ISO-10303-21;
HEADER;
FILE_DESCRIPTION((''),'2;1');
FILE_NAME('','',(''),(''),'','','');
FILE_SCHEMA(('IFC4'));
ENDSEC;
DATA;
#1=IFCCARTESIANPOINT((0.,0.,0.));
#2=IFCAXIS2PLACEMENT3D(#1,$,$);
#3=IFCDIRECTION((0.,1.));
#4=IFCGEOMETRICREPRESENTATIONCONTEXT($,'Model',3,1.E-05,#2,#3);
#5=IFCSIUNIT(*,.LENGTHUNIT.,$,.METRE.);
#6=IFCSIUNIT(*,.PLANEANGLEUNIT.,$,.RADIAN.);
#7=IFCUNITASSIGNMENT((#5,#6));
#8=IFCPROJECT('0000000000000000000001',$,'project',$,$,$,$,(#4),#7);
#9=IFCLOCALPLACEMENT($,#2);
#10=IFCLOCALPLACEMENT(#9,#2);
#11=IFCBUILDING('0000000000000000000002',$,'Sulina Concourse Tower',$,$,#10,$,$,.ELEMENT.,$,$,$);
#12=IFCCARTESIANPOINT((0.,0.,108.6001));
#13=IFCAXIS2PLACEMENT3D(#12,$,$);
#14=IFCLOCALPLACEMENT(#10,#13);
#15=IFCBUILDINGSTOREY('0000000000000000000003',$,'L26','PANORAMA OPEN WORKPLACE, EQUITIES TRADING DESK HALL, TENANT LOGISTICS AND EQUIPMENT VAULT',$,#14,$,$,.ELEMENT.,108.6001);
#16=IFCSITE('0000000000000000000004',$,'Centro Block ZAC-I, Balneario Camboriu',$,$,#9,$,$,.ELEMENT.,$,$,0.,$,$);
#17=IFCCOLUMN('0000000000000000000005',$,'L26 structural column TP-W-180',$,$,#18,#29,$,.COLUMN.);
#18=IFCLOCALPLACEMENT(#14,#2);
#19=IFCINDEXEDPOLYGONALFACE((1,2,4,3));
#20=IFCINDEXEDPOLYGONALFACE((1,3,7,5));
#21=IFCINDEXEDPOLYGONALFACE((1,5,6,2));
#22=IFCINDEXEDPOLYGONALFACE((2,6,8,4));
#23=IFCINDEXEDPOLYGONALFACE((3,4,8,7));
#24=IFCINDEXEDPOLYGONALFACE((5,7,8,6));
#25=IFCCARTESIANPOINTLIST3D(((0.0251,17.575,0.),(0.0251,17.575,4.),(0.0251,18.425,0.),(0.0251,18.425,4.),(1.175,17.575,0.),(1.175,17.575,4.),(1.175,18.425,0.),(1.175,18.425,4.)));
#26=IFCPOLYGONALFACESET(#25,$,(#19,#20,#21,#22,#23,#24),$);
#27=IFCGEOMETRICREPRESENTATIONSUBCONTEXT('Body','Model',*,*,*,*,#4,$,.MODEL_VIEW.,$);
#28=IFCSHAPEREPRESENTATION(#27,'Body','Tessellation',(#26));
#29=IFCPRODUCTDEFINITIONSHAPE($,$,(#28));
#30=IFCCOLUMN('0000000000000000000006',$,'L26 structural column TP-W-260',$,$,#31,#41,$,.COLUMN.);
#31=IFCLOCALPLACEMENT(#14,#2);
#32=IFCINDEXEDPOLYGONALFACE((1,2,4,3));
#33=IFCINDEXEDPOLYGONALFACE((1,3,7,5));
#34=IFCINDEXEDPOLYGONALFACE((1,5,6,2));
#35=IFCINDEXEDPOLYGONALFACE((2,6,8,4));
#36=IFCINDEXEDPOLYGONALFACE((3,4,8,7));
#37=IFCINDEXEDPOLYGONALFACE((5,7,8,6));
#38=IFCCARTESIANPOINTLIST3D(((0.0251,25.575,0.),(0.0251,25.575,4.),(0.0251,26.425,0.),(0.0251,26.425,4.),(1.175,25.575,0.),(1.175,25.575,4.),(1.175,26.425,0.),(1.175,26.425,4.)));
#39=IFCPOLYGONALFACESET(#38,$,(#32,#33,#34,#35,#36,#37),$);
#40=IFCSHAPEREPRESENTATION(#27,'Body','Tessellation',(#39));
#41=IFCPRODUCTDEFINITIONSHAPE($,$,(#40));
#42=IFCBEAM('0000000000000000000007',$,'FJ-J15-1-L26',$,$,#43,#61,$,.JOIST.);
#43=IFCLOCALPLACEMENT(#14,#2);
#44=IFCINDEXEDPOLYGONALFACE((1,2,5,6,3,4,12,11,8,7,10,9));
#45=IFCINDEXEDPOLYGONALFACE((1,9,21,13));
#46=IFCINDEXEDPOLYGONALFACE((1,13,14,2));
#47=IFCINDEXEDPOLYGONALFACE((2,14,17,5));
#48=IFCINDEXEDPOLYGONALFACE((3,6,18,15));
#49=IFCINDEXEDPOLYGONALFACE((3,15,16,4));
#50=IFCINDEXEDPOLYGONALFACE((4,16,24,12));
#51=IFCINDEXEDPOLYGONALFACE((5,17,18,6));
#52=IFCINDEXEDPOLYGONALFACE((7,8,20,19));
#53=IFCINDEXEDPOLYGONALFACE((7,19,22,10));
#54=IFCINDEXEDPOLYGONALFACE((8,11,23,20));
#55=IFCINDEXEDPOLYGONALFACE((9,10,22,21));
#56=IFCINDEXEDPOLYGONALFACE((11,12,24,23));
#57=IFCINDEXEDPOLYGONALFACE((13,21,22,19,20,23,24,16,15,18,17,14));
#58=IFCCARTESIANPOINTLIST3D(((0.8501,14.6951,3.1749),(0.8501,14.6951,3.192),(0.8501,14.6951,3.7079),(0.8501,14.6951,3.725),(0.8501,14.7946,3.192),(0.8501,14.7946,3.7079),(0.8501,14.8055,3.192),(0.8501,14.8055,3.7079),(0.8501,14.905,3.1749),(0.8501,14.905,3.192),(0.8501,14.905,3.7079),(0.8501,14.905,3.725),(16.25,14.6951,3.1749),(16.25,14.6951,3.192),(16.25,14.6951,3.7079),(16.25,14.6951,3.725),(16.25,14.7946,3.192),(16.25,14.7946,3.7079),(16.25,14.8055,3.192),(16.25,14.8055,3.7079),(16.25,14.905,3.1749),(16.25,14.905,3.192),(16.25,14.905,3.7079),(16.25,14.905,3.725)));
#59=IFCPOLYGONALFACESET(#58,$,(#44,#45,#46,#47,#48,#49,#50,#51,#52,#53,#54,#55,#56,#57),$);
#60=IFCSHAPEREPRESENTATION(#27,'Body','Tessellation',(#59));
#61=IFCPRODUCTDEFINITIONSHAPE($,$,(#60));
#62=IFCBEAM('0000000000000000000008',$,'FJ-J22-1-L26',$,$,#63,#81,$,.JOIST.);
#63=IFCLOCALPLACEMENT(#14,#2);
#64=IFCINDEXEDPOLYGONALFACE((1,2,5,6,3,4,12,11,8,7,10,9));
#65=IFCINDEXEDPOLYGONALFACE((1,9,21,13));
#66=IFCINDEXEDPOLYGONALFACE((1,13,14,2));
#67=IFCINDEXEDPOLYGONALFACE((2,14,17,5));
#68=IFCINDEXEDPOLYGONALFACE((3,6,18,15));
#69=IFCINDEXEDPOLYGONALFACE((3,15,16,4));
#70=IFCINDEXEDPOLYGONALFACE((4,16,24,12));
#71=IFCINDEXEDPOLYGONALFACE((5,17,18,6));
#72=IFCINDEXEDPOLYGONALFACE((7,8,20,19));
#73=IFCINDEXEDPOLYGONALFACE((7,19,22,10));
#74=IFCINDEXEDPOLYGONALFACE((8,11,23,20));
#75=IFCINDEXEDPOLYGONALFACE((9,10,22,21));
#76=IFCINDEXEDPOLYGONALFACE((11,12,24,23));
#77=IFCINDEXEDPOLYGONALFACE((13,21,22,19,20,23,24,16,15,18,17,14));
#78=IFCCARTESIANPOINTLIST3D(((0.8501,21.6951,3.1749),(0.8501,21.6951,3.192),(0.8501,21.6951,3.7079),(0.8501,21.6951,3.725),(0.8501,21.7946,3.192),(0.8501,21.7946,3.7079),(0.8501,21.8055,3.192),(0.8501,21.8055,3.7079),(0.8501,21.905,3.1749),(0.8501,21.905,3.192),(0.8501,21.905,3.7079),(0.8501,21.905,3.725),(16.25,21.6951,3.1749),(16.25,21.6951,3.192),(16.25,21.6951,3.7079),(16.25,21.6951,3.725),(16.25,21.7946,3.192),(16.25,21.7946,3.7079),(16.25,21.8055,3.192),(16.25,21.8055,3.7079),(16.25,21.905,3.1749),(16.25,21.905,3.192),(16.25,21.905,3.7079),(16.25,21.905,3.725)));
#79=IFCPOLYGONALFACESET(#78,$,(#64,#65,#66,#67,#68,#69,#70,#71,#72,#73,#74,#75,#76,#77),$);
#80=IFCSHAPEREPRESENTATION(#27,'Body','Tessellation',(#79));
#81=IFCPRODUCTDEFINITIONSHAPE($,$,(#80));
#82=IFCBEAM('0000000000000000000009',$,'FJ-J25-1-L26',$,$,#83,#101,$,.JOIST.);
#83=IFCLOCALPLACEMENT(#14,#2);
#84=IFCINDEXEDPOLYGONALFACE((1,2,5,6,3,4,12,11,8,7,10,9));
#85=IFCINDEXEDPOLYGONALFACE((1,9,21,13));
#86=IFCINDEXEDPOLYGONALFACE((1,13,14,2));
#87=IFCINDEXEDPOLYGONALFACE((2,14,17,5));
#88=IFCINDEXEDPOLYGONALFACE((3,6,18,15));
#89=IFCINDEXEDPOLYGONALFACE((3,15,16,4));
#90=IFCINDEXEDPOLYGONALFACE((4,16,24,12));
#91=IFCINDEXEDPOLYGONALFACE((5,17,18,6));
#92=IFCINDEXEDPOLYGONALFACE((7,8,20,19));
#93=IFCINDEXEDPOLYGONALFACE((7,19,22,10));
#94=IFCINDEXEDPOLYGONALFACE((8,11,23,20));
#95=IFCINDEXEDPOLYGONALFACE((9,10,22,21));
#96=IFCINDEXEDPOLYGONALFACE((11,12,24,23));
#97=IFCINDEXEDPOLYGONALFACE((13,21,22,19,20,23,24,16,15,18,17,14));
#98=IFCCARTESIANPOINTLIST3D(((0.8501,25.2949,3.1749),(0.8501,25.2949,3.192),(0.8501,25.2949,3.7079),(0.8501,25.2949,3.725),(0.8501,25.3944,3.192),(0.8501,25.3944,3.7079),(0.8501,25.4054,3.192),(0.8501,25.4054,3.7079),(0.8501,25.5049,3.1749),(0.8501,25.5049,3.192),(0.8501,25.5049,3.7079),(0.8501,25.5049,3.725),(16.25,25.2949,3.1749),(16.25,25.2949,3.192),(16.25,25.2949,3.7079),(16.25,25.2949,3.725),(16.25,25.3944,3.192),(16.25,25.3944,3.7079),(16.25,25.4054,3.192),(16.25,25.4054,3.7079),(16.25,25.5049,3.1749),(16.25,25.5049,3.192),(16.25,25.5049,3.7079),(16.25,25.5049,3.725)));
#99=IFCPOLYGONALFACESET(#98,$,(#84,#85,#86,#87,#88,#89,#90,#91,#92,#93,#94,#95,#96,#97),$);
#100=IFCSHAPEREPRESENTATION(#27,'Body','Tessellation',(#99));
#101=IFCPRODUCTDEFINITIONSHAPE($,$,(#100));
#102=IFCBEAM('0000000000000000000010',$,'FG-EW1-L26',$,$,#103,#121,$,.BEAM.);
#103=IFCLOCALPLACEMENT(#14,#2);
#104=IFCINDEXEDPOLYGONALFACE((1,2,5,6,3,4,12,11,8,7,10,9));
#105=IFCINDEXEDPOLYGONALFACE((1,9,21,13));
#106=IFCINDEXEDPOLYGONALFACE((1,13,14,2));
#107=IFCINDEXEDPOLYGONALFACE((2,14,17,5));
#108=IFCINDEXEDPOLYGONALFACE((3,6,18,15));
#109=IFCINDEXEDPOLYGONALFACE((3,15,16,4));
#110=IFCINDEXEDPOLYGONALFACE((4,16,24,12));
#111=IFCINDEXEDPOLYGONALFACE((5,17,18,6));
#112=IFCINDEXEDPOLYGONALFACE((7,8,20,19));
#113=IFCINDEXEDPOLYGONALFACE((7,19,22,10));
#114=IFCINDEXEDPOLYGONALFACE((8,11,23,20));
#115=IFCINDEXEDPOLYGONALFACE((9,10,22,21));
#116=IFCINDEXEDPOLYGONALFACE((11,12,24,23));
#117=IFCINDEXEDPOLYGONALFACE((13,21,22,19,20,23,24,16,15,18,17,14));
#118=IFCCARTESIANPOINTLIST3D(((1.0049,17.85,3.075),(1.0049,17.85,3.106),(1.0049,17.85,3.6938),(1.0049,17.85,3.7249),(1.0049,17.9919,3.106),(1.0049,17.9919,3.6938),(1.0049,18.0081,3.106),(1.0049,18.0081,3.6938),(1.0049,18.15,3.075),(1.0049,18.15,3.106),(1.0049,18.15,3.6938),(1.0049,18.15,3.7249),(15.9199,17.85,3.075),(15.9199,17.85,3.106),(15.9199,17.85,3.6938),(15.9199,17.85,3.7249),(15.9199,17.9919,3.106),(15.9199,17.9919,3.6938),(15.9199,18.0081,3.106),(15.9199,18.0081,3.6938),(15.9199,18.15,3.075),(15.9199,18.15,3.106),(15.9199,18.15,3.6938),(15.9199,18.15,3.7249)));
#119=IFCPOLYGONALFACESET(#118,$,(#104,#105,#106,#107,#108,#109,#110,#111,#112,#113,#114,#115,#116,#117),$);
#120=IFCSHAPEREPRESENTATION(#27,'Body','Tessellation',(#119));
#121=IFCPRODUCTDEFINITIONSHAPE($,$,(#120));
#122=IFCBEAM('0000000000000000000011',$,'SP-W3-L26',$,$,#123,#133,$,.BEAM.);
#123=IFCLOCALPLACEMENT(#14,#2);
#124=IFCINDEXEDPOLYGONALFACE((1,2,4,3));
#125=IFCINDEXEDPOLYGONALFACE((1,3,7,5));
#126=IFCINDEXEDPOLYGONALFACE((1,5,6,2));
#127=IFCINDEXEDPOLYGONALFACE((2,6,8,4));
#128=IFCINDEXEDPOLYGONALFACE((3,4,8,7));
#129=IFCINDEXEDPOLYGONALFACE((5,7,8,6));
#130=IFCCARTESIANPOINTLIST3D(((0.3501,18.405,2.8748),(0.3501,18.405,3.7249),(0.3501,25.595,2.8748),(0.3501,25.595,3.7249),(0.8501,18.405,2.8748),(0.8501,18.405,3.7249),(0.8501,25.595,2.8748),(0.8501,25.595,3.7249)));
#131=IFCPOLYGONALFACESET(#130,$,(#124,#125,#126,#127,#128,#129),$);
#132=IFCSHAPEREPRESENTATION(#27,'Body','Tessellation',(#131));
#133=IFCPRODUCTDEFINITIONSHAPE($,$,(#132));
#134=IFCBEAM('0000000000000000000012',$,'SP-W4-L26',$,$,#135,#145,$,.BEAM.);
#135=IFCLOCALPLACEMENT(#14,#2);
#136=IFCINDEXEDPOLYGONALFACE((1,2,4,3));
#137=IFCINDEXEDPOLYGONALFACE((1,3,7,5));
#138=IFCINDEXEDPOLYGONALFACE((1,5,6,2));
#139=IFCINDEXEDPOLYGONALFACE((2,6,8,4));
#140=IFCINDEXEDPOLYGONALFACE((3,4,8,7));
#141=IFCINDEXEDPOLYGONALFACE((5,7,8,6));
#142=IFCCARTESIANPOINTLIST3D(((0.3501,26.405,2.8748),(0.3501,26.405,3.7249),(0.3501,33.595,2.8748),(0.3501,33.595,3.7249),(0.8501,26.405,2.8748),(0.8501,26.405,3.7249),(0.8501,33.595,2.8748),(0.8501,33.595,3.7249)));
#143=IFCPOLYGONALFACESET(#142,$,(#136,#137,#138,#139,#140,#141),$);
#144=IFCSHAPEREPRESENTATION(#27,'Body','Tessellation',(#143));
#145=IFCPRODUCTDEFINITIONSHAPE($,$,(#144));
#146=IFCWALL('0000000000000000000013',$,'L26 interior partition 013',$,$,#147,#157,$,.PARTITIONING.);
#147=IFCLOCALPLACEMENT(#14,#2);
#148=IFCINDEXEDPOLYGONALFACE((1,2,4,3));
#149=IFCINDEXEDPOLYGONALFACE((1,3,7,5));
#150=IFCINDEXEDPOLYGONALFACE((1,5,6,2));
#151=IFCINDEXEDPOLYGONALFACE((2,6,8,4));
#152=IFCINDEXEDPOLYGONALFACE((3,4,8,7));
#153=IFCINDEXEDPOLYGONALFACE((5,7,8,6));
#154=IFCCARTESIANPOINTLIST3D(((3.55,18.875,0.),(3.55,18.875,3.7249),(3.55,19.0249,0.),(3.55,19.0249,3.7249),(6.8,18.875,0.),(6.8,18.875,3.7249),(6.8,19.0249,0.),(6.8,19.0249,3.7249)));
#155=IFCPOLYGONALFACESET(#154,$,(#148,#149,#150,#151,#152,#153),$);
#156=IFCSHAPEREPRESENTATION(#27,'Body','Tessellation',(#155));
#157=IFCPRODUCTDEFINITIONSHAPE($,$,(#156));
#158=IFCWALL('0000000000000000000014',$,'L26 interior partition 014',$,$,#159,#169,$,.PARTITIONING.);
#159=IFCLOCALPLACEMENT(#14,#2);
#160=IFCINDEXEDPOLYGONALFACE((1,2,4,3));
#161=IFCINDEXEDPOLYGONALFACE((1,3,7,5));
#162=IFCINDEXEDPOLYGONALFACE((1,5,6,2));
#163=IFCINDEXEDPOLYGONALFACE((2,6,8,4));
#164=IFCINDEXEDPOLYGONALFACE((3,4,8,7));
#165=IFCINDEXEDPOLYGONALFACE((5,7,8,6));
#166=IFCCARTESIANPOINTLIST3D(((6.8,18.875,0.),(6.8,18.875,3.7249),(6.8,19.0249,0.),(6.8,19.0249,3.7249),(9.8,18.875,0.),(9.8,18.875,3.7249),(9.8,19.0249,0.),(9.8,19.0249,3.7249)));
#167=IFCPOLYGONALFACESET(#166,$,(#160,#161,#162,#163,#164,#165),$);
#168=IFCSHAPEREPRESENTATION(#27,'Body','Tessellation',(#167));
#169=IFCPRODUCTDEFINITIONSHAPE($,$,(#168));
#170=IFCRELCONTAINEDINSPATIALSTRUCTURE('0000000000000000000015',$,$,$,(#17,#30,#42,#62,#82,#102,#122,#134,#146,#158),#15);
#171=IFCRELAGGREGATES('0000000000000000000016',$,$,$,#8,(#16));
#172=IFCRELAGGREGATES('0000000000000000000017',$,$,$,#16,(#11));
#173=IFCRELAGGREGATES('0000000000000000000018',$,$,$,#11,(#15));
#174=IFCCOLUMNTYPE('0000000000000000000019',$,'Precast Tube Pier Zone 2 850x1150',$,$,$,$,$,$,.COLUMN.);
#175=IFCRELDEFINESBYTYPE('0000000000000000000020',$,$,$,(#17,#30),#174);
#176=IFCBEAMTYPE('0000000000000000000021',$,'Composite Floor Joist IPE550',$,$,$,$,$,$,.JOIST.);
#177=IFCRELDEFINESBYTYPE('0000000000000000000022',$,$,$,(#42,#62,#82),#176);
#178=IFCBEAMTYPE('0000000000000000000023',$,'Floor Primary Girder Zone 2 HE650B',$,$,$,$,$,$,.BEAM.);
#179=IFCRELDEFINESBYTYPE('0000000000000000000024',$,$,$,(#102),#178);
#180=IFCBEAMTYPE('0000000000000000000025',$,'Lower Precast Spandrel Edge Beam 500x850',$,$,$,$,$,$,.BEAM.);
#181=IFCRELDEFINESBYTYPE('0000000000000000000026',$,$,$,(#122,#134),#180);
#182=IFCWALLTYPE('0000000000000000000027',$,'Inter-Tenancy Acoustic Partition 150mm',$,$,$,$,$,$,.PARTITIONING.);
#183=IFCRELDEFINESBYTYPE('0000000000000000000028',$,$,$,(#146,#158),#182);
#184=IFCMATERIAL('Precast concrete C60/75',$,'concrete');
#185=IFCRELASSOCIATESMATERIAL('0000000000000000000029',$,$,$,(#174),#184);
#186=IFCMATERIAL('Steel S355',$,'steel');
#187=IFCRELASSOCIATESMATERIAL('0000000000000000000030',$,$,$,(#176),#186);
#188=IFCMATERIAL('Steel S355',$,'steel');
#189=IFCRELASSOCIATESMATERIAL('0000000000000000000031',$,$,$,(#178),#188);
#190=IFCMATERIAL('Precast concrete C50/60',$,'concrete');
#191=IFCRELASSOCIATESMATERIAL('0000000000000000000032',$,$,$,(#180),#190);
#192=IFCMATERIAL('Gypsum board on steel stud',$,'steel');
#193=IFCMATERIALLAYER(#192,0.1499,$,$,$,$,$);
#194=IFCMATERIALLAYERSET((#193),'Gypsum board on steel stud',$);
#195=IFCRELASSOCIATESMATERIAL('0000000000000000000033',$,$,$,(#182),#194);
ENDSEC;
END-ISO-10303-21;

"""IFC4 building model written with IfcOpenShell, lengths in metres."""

from ifc_helpers import new_model, si_unit, direction, frame, frame_2d, origin, origin_2d, place, context, subcontext, project, spatial, rectangle, i_section, extrude, material, layer, layer_set, material_profile, profile_set, type_object, element, save


model = new_model("IFC4")

# Units and contexts
model_context = context("Model", 3, precision=1e-05, world=origin(), true_north=direction((0.0, 1.0)))
body_context = subcontext(model_context, "Body", "Model", "MODEL_VIEW")
ifc_project = project(units=[si_unit("LENGTHUNIT", "METRE"), si_unit("PLANEANGLEUNIT", "RADIAN")], contexts=[model_context])

# Site, building, storey
site_placement = place(None, origin())
site = spatial("IfcSite", under=ifc_project, at=site_placement, Name="Centro Block ZAC-I, Balneario Camboriu", CompositionType="ELEMENT", RefElevation=0.0)
building_placement = place(site_placement, origin())
building = spatial("IfcBuilding", under=site, at=building_placement, Name="Sulina Concourse Tower", CompositionType="ELEMENT")
storey_placement = place(building_placement, frame((0.0, 0.0, 108.6001)))
storey = spatial("IfcBuildingStorey", under=building, at=storey_placement, Name="L26", Description="PANORAMA OPEN WORKPLACE, EQUITIES TRADING DESK HALL, TENANT LOGISTICS AND EQUIPMENT VAULT", CompositionType="ELEMENT", Elevation=108.6001)

# Columns
ifc_material_1 = material(Name="Precast concrete C60/75", Category="concrete")
ifc_material_profile_1 = material_profile(ifc_material_1, rectangle(XDim=0.8501, YDim=1.1499, at=origin_2d()), Name="PC 850x1150")
ifc_profile_set_1 = profile_set([ifc_material_profile_1], Name="Precast concrete C60/75")
column_type = type_object("IfcColumnType", Name="Precast Tube Pier Zone 2 850x1150", PredefinedType="COLUMN", material=ifc_profile_set_1)
for number, where, z_axis, x_axis, name in (
    (1, (0.6001, 18.0, 0.0), (0.0, 0.0, 1.0), (0.0, 1.0, 0.0), "L26 structural column TP-W-180"),
    (2, (0.6001, 26.0, 0.0), (0.0, 0.0, 1.0), (0.0, 1.0, 0.0), "L26 structural column TP-W-260"),
):
    element("IfcColumn", number, at=place(storey_placement, frame(where, z_axis=z_axis, x_axis=x_axis)), inside=storey, type_object=column_type, Name=name, PredefinedType="COLUMN", context=body_context, shape_type="SweptSolid", body=[
        extrude(rectangle(XDim=0.8501, YDim=1.1499, at=origin_2d()), origin(), (0.0, 0.0, 1.0), 4.0),
    ])

# Beams
ifc_material_2 = material(Name="Steel S355", Category="steel")
ifc_material_profile_2 = material_profile(ifc_material_2, i_section(OverallWidth=0.21, OverallDepth=0.55, WebThickness=0.011, FlangeThickness=0.0171, at=origin_2d()), Name="IPE 550")
ifc_profile_set_2 = profile_set([ifc_material_profile_2], Name="Steel S355")
beam_type_1 = type_object("IfcBeamType", Name="Composite Floor Joist IPE550", PredefinedType="JOIST", material=ifc_profile_set_2)
for number, where, z_axis, x_axis, name in (
    (3, (0.8501, 14.8, 3.45), (1.0, 0.0, 0.0), (0.0, 1.0, 0.0), "FJ-J15-1-L26"),
    (4, (0.8501, 21.8, 3.45), (1.0, 0.0, 0.0), (0.0, 1.0, 0.0), "FJ-J22-1-L26"),
    (5, (0.8501, 25.3999, 3.45), (1.0, 0.0, 0.0), (0.0, 1.0, 0.0), "FJ-J25-1-L26"),
):
    element("IfcBeam", number, at=place(storey_placement, frame(where, z_axis=z_axis, x_axis=x_axis)), inside=storey, type_object=beam_type_1, Name=name, PredefinedType="JOIST", context=body_context, shape_type="SweptSolid", body=[
        extrude(i_section(OverallWidth=0.21, OverallDepth=0.55, WebThickness=0.011, FlangeThickness=0.0171, at=origin_2d()), origin(), (0.0, 0.0, 1.0), 15.3999),
    ])
ifc_material_3 = material(Name="Steel S355", Category="steel")
ifc_material_profile_3 = material_profile(ifc_material_3, i_section(OverallWidth=0.3, OverallDepth=0.6499, WebThickness=0.0161, FlangeThickness=0.031, at=origin_2d()), Name="HE 650 B")
ifc_profile_set_3 = profile_set([ifc_material_profile_3], Name="Steel S355")
beam_type_2 = type_object("IfcBeamType", Name="Floor Primary Girder Zone 2 HE650B", PredefinedType="BEAM", material=ifc_profile_set_3)
beam_placement = place(storey_placement, frame((1.0049, 18.0, 3.3999), z_axis=(1.0, 0.0, 0.0), x_axis=(0.0, 1.0, 0.0)))
element("IfcBeam", 6, at=beam_placement, inside=storey, type_object=beam_type_2, Name="FG-EW1-L26", PredefinedType="BEAM", context=body_context, shape_type="SweptSolid", body=[
    extrude(i_section(OverallWidth=0.3, OverallDepth=0.6499, WebThickness=0.0161, FlangeThickness=0.031, at=origin_2d()), origin(), (0.0, 0.0, 1.0), 14.915),
])
ifc_material_4 = material(Name="Precast concrete C50/60", Category="concrete")
ifc_material_profile_4 = material_profile(ifc_material_4, rectangle(XDim=0.5, YDim=0.8501, at=origin_2d()), Name="RC 500x850")
ifc_profile_set_4 = profile_set([ifc_material_profile_4], Name="Precast concrete C50/60")
beam_type_3 = type_object("IfcBeamType", Name="Lower Precast Spandrel Edge Beam 500x850", PredefinedType="BEAM", material=ifc_profile_set_4)
for number, where, z_axis, x_axis, name in (
    (7, (0.6001, 18.405, 3.2998), (0.0, 1.0, 0.0), (-1.0, 0.0, 0.0), "SP-W3-L26"),
    (8, (0.6001, 26.405, 3.2998), (0.0, 1.0, 0.0), (-1.0, 0.0, 0.0), "SP-W4-L26"),
):
    element("IfcBeam", number, at=place(storey_placement, frame(where, z_axis=z_axis, x_axis=x_axis)), inside=storey, type_object=beam_type_3, Name=name, PredefinedType="BEAM", context=body_context, shape_type="SweptSolid", body=[
        extrude(rectangle(XDim=0.5, YDim=0.8501, at=origin_2d()), origin(), (0.0, 0.0, 1.0), 7.1899),
    ])

# Walls
ifc_material_5 = material(Name="Gypsum board on steel stud", Category="steel")
ifc_layer_1 = layer(ifc_material_5, 0.1499)
ifc_layer_set_1 = layer_set([ifc_layer_1], Name="Gypsum board on steel stud")
wall_type_1 = type_object("IfcWallType", Name="Inter-Tenancy Acoustic Partition 150mm", PredefinedType="PARTITIONING", material=ifc_layer_set_1)
wall_1_placement = place(storey_placement, frame((3.55, 18.95, 0.0), z_axis=(0.0, 0.0, 1.0), x_axis=(1.0, 0.0, 0.0)))
element("IfcWall", 9, at=wall_1_placement, inside=storey, type_object=wall_type_1, Name="L26 interior partition 013", PredefinedType="PARTITIONING", context=body_context, shape_type="SweptSolid", body=[
    extrude(rectangle(XDim=3.25, YDim=0.1499, at=frame_2d((1.625, 0.0))), origin(), (0.0, 0.0, 1.0), 3.7249),
])
wall_2_placement = place(storey_placement, frame((6.8, 18.95, 0.0), z_axis=(0.0, 0.0, 1.0), x_axis=(1.0, 0.0, 0.0)))
element("IfcWall", 10, at=wall_2_placement, inside=storey, type_object=wall_type_1, Name="L26 interior partition 014", PredefinedType="PARTITIONING", context=body_context, shape_type="SweptSolid", body=[
    extrude(rectangle(XDim=3.0, YDim=0.1499, at=frame_2d((1.5, 0.0))), origin(), (0.0, 0.0, 1.0), 3.7249),
])

save(model, "model.ifc")
